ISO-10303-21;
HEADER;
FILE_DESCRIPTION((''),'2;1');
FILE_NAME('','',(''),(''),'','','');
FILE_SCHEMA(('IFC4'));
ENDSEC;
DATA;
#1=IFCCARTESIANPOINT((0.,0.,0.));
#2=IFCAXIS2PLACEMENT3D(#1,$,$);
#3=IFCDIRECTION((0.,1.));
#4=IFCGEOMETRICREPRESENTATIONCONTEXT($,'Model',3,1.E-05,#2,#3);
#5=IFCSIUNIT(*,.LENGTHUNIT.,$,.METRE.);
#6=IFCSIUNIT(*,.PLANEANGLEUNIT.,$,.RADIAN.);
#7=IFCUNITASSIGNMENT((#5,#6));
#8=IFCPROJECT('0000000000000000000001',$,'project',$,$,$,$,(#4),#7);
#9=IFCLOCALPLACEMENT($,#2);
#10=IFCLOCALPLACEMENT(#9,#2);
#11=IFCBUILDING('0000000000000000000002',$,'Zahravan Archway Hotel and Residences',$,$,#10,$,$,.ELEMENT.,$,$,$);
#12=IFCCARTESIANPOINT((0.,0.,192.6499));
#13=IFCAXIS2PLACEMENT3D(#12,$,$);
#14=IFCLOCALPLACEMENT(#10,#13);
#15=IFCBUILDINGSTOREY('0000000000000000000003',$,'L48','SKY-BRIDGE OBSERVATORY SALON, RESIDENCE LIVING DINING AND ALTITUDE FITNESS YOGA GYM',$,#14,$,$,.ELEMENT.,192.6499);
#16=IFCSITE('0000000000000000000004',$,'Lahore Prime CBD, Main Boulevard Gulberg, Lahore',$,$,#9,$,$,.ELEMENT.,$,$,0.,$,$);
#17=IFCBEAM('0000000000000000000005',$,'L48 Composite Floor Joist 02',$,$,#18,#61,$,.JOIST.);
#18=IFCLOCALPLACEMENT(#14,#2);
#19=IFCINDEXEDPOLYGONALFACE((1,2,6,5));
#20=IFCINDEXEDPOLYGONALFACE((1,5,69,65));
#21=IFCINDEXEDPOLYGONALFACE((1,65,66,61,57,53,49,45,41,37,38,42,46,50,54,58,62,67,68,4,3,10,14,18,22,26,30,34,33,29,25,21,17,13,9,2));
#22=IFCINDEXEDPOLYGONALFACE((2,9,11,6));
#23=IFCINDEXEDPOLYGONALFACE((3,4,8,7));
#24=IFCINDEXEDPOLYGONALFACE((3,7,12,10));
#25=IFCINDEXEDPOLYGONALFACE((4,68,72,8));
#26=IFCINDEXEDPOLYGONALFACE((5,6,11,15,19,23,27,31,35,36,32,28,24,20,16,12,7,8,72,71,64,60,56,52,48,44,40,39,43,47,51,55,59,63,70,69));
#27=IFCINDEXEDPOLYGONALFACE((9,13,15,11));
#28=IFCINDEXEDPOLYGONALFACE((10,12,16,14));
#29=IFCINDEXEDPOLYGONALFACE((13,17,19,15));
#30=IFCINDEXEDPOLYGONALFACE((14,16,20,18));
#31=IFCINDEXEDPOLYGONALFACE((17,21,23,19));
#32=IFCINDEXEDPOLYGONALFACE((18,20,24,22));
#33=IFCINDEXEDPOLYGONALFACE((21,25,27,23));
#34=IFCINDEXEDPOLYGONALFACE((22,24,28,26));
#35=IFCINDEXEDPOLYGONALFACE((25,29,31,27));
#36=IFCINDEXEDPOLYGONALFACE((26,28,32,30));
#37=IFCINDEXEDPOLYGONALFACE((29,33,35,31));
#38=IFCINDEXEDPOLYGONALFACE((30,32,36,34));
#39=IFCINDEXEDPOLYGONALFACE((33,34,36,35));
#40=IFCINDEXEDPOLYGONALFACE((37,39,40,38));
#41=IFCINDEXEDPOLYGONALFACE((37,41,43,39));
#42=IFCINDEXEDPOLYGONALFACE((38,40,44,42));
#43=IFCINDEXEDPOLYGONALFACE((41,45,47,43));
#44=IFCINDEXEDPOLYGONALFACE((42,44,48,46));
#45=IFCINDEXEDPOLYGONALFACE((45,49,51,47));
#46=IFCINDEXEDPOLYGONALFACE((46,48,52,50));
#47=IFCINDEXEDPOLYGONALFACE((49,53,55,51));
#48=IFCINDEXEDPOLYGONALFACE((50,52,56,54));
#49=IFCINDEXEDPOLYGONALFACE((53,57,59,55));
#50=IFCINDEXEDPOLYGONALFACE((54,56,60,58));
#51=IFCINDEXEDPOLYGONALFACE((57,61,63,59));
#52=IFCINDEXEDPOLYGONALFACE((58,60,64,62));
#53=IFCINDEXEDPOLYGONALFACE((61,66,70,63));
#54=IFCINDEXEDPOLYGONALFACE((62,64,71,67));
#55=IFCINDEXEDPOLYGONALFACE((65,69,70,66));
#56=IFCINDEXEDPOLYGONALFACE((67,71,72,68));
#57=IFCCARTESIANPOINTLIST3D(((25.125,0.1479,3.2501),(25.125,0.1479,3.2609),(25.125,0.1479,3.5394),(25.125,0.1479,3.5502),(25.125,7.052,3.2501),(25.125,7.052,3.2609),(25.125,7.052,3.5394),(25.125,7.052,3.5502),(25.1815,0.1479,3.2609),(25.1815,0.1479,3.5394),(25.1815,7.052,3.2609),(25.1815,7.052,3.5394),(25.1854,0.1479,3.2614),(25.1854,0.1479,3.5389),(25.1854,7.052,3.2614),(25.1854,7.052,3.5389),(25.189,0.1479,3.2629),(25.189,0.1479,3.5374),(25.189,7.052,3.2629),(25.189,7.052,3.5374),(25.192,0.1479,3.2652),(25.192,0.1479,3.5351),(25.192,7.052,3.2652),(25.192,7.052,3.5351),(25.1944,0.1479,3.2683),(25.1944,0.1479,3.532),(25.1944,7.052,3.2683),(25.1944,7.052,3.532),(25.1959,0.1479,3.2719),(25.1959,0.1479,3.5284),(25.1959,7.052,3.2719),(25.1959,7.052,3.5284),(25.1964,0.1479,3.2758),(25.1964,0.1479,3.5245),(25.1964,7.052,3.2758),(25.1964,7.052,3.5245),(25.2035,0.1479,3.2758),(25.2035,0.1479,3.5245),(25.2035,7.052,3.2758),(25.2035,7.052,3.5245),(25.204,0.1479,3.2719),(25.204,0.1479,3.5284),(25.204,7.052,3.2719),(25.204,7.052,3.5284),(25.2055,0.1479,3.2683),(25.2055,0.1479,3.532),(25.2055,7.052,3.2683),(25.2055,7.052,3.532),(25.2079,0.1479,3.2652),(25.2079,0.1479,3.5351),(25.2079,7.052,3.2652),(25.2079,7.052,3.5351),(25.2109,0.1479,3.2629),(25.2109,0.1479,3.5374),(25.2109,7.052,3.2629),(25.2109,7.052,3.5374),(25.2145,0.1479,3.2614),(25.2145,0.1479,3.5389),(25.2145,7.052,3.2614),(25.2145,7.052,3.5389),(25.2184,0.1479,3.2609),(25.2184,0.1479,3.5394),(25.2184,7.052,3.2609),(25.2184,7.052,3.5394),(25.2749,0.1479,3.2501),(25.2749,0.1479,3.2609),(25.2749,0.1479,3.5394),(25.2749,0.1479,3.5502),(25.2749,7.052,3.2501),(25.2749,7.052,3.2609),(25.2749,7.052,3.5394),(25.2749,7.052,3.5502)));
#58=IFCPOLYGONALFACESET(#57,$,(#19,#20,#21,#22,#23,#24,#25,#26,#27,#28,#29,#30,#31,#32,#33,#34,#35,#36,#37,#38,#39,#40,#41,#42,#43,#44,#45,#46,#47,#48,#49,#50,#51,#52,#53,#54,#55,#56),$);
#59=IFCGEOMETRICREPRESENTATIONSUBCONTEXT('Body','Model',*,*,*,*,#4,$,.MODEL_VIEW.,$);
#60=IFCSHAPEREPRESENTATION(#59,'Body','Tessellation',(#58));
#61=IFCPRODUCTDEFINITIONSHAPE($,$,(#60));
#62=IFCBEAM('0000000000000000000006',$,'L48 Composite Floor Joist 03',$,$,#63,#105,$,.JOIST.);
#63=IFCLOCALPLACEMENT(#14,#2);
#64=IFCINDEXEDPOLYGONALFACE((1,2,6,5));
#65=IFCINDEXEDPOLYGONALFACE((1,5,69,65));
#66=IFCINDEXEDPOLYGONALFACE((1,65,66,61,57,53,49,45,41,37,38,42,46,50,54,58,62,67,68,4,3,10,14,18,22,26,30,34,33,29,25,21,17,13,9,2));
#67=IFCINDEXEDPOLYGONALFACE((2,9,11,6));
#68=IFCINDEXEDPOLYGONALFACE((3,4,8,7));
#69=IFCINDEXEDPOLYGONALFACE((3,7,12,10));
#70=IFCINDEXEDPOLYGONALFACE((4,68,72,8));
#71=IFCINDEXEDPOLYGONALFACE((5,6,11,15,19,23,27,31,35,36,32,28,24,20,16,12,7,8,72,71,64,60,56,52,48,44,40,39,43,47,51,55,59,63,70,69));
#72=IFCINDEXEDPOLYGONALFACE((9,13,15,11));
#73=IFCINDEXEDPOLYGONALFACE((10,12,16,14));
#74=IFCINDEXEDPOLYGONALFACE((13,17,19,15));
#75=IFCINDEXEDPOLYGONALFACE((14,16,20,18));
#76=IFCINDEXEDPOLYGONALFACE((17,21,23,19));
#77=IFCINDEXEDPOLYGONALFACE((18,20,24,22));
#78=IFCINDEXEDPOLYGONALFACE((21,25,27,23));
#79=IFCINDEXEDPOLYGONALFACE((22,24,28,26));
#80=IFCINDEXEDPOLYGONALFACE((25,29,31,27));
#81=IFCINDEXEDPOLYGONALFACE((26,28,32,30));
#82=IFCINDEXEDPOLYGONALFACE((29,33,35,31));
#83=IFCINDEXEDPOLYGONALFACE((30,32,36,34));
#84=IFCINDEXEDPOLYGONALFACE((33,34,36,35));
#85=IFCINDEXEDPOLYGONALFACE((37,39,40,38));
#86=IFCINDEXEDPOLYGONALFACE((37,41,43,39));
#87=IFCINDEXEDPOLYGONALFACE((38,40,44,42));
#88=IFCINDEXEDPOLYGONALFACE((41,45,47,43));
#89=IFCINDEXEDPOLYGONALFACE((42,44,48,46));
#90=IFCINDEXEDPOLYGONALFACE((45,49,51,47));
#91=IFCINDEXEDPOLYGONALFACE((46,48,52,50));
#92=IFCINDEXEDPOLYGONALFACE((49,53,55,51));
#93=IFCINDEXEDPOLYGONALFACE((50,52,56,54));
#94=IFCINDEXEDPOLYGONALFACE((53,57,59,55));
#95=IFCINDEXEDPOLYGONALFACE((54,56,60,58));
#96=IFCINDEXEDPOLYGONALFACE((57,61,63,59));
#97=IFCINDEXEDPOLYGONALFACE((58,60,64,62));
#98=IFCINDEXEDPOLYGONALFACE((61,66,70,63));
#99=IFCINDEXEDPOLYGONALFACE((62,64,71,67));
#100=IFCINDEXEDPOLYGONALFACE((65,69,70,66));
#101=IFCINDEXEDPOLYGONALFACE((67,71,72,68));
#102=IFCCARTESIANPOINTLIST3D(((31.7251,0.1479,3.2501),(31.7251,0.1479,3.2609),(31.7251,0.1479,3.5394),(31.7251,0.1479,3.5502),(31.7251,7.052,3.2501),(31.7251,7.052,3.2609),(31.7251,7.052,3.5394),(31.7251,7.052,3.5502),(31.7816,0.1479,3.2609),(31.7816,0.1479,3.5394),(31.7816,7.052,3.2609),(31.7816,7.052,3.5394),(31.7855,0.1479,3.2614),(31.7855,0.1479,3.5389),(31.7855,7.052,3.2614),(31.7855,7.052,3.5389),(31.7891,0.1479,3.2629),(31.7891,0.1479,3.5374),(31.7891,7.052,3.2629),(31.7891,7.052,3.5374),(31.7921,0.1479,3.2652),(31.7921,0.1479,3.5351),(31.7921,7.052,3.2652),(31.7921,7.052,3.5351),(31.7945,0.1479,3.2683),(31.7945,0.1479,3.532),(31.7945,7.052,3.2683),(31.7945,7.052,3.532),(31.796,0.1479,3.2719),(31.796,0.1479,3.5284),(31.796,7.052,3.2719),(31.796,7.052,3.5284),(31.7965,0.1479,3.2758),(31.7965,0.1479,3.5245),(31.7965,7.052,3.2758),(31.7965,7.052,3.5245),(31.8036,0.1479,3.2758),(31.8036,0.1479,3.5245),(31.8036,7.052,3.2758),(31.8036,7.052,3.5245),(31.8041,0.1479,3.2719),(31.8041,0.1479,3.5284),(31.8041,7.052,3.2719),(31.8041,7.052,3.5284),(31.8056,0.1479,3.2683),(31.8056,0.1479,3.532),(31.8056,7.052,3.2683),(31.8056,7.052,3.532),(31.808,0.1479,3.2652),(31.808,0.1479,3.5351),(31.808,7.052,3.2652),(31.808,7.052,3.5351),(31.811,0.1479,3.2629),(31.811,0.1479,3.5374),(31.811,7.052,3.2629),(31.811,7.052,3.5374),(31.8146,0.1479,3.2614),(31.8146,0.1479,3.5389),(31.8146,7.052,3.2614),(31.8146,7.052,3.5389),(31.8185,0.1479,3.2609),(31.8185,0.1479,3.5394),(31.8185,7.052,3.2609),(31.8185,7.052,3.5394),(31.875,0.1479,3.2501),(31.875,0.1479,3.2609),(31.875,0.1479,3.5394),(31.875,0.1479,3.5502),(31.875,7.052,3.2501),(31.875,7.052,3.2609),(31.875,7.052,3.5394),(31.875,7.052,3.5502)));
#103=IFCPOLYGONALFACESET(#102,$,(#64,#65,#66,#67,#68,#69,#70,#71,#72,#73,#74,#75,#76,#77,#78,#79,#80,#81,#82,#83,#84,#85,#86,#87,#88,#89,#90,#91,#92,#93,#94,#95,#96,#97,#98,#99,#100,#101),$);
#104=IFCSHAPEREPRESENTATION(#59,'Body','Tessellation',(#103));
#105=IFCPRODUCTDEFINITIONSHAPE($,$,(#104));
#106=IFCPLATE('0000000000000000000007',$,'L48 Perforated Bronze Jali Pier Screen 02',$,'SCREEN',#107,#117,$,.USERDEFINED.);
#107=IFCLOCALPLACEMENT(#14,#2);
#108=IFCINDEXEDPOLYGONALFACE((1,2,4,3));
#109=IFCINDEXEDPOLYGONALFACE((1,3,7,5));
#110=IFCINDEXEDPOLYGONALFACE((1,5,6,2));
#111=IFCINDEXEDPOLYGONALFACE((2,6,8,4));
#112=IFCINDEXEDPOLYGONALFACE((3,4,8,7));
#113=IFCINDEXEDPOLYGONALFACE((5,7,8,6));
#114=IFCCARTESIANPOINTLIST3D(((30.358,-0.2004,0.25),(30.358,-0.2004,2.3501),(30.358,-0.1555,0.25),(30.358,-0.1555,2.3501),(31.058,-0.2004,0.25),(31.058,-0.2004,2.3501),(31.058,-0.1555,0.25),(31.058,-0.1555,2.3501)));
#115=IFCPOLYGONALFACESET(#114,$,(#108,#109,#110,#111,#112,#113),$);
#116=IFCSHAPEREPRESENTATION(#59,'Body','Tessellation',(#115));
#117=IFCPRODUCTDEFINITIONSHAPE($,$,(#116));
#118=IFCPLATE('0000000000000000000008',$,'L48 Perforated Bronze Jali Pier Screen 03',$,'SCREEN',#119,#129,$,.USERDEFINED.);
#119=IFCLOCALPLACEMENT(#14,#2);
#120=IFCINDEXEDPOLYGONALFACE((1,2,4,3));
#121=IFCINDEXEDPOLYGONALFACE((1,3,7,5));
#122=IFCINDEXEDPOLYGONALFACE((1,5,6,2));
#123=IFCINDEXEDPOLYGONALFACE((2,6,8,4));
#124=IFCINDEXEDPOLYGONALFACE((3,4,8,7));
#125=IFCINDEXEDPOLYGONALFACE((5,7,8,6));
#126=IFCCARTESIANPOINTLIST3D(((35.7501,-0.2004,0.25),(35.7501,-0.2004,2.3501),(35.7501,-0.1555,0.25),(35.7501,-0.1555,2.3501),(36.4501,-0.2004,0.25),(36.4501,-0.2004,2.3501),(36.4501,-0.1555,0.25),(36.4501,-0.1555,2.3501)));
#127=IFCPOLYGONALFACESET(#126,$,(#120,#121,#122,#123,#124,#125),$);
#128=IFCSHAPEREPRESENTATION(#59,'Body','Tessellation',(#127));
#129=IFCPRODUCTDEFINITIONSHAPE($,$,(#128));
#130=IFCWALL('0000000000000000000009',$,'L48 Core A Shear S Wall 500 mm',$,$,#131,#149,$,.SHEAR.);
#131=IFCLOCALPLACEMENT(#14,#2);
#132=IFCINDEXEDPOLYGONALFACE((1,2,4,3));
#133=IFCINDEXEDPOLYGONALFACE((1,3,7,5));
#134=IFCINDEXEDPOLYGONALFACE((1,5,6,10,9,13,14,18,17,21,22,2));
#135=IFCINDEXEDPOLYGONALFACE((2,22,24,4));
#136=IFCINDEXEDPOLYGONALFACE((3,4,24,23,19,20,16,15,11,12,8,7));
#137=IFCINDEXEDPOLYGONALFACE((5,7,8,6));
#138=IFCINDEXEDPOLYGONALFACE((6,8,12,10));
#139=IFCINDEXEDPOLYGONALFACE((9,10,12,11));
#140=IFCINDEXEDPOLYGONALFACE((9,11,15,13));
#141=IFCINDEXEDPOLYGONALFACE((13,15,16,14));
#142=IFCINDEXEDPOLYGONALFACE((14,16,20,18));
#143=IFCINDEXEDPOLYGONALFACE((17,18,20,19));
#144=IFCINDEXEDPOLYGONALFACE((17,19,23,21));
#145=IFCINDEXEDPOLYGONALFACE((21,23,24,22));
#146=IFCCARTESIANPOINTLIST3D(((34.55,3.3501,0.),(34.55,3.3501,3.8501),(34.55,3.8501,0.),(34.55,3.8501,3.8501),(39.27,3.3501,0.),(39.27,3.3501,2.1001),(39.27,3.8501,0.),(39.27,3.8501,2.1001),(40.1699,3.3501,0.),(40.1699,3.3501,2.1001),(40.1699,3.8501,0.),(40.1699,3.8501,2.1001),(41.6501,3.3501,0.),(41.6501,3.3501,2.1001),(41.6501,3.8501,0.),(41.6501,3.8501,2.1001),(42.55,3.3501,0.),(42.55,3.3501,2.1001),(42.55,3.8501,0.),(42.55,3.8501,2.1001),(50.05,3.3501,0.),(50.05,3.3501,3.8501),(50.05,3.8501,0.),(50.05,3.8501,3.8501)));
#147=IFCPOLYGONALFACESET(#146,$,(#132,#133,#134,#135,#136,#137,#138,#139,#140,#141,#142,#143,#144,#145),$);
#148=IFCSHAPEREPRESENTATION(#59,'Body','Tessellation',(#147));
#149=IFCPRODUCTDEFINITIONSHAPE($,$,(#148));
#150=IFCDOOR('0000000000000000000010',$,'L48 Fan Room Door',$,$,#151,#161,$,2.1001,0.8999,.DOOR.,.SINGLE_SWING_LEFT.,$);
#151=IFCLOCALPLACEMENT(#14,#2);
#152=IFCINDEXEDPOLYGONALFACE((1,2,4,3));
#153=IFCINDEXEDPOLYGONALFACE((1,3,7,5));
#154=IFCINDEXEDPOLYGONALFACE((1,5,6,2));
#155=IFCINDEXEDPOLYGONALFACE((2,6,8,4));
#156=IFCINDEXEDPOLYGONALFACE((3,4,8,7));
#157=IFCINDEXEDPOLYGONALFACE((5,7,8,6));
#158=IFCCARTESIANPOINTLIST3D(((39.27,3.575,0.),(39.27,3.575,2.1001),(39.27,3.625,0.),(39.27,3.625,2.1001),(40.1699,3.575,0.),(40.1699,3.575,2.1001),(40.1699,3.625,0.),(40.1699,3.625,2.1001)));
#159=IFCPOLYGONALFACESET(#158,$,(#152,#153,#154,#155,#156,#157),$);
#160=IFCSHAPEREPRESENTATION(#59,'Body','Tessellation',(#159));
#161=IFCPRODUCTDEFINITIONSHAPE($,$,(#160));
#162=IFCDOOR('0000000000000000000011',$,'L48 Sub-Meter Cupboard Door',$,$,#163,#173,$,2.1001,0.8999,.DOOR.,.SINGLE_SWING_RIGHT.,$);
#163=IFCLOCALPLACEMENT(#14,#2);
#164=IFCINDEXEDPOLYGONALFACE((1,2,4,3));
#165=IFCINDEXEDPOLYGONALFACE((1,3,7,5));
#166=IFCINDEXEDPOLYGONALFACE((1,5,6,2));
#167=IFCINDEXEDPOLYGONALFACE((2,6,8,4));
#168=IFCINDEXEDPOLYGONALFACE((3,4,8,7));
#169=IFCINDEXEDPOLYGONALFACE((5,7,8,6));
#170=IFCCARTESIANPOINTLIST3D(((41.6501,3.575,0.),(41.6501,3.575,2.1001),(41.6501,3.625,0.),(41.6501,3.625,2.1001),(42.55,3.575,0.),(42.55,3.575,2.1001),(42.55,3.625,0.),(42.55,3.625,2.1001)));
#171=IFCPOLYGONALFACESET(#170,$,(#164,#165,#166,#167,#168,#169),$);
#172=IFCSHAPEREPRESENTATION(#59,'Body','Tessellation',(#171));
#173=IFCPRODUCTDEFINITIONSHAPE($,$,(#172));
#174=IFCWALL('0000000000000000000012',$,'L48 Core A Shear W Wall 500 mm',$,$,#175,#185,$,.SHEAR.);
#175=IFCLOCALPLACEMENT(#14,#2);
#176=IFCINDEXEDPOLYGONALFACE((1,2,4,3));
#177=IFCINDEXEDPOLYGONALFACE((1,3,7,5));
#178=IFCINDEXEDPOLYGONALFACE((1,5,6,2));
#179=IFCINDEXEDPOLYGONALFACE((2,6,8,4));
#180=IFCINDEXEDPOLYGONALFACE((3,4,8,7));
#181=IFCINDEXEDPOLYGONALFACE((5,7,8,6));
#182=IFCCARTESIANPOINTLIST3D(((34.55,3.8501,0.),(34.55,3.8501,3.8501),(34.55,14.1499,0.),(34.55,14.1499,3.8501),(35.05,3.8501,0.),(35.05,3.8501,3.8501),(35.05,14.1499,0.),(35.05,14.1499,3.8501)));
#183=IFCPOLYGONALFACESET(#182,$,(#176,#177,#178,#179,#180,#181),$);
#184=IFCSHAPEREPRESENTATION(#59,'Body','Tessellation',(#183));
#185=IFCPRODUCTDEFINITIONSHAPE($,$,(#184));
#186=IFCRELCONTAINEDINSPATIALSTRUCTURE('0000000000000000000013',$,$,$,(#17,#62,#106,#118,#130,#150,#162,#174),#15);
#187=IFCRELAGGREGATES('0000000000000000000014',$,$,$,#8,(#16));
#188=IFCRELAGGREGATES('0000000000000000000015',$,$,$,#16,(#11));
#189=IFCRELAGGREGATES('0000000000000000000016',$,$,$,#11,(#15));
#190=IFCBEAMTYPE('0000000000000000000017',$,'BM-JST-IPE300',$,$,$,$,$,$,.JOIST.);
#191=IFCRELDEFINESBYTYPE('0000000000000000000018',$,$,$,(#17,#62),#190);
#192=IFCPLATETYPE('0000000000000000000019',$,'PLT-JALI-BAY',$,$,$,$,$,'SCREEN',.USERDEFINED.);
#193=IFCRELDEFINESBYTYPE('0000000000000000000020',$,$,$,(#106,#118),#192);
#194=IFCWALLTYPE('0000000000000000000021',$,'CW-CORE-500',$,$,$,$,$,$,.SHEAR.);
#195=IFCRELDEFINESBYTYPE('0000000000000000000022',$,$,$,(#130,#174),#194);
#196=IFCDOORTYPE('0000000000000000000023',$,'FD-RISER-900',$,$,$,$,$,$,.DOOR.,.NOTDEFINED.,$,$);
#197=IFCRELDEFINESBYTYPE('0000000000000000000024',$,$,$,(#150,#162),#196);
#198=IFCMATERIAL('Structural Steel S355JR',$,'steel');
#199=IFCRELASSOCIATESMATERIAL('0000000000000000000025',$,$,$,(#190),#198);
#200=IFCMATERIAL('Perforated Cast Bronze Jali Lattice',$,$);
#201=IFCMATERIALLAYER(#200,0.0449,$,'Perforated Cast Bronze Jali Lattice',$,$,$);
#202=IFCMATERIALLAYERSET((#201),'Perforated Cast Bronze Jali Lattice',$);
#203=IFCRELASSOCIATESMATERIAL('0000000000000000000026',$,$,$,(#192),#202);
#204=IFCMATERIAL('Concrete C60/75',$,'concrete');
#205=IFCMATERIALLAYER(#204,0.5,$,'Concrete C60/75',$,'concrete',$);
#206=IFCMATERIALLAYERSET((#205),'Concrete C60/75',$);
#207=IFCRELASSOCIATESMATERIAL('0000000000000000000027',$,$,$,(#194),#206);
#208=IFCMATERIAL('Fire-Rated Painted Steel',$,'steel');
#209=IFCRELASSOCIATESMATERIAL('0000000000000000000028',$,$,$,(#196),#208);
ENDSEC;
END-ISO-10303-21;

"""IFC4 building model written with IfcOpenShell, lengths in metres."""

from ifc_helpers import new_model, si_unit, direction, frame, frame_2d, origin, origin_2d, place, context, subcontext, project, spatial, rectangle, i_section, extrude, source, transform, mapped, material, layer, layer_set, material_profile, profile_set, type_object, type_shapes, element, fill, save


model = new_model("IFC4")

# Units and contexts
model_context = context("Model", 3, precision=1e-05, world=origin(), true_north=direction((0.0, 1.0)))
body_context = subcontext(model_context, "Body", "Model", "MODEL_VIEW")
ifc_project = project(units=[si_unit("LENGTHUNIT", "METRE"), si_unit("PLANEANGLEUNIT", "RADIAN")], contexts=[model_context])

# Site, building, storey
site_placement = place(None, origin())
site = spatial("IfcSite", under=ifc_project, at=site_placement, Name="Lahore Prime CBD, Main Boulevard Gulberg, Lahore", CompositionType="ELEMENT", RefElevation=0.0)
building_placement = place(site_placement, origin())
building = spatial("IfcBuilding", under=site, at=building_placement, Name="Zahravan Archway Hotel and Residences", CompositionType="ELEMENT")
storey_placement = place(building_placement, frame((0.0, 0.0, 192.6499)))
storey = spatial("IfcBuildingStorey", under=building, at=storey_placement, Name="L48", Description="SKY-BRIDGE OBSERVATORY SALON, RESIDENCE LIVING DINING AND ALTITUDE FITNESS YOGA GYM", CompositionType="ELEMENT", Elevation=192.6499)

# Shared definitions
ifc_material_1 = material(Name="Concrete C60/75", Category="concrete")

# Beams
ifc_material_2 = material(Name="Structural Steel S355JR", Category="steel")
ifc_material_profile_1 = material_profile(ifc_material_2, i_section(OverallWidth=0.1499, OverallDepth=0.3, WebThickness=0.0071, FlangeThickness=0.0107, FilletRadius=0.0149, at=origin_2d()), Name="IPE 300", Category="steel")
ifc_profile_set_1 = profile_set([ifc_material_profile_1], Name="Structural Steel S355JR")
beam_type_1 = type_object("IfcBeamType", Name="BM-JST-IPE300", PredefinedType="JOIST", material=ifc_profile_set_1)
shared_shape_1 = source(origin(), body_context, "Body", "SweptSolid", [
    extrude(i_section(OverallWidth=0.1499, OverallDepth=0.3, WebThickness=0.0071, FlangeThickness=0.0107, FilletRadius=0.0149, at=origin_2d()), origin(), (0.0, 0.0, 1.0), 6.9041),
])
type_shapes(beam_type_1, [shared_shape_1])
for number, where, z_axis, x_axis, name in (
    (1, (25.2, 0.1479, 3.4001), (0.0, 1.0, 0.0), (-1.0, 0.0, 0.0), "L48 Composite Floor Joist 02"),
    (2, (31.8, 0.1479, 3.4001), (0.0, 1.0, 0.0), (-1.0, 0.0, 0.0), "L48 Composite Floor Joist 03"),
):
    element("IfcBeam", number, at=place(storey_placement, frame(where, z_axis=z_axis, x_axis=x_axis)), inside=storey, type_object=beam_type_1, Name=name, PredefinedType="JOIST", context=body_context, shape_type="MappedRepresentation", body=[
        mapped(shared_shape_1, transform((0.0, 0.0, 0.0), scale=1.0)),
    ])

# Plates
ifc_material_3 = material(Name="Perforated Cast Bronze Jali Lattice")
ifc_layer_1 = layer(ifc_material_3, 0.0449, Name="Perforated Cast Bronze Jali Lattice")
ifc_layer_set_1 = layer_set([ifc_layer_1], Name="Perforated Cast Bronze Jali Lattice")
plate_type = type_object("IfcPlateType", Name="PLT-JALI-BAY", ElementType="SCREEN", PredefinedType="USERDEFINED", material=ifc_layer_set_1)
shared_shape_2 = source(origin(), body_context, "Body", "SweptSolid", [
    extrude(rectangle(XDim=0.7, YDim=0.0449, at=origin_2d()), origin(), (0.0, 0.0, 1.0), 2.1001),
])
type_shapes(plate_type, [shared_shape_2])
for number, where, z_axis, x_axis, name in (
    (3, (30.708, -0.178, 0.25), (0.0, 0.0, 1.0), (1.0, 0.0, 0.0), "L48 Perforated Bronze Jali Pier Screen 02"),
    (4, (36.1001, -0.178, 0.25), (0.0, 0.0, 1.0), (1.0, 0.0, 0.0), "L48 Perforated Bronze Jali Pier Screen 03"),
):
    element("IfcPlate", number, at=place(storey_placement, frame(where, z_axis=z_axis, x_axis=x_axis)), inside=storey, type_object=plate_type, Name=name, ObjectType="SCREEN", PredefinedType="USERDEFINED", context=body_context, shape_type="MappedRepresentation", body=[
        mapped(shared_shape_2, transform((0.0, 0.0, 0.0), scale=1.0)),
    ])

# Wall, openings, doors
ifc_layer_2 = layer(ifc_material_1, 0.5, Name="Concrete C60/75", Category="concrete")
ifc_layer_set_2 = layer_set([ifc_layer_2], Name="Concrete C60/75")
wall_type_1 = type_object("IfcWallType", Name="CW-CORE-500", PredefinedType="SHEAR", material=ifc_layer_set_2)
wall_1_placement = place(storey_placement, frame((34.55, 3.6001, 0.0), z_axis=(0.0, 0.0, 1.0), x_axis=(1.0, 0.0, 0.0)))
wall_1 = element("IfcWall", 5, at=wall_1_placement, inside=storey, type_object=wall_type_1, Name="L48 Core A Shear S Wall 500 mm", PredefinedType="SHEAR", context=body_context, shape_type="SweptSolid", body=[
    extrude(rectangle(XDim=15.5, YDim=0.5, at=frame_2d((7.75, 0.0))), origin(), (0.0, 0.0, 1.0), 3.8501),
])
opening_1_placement = place(wall_1_placement, frame((4.72, 0.0, 0.0)))
opening_1 = element("IfcOpeningElement", 6, at=opening_1_placement, cuts=wall_1, PredefinedType="OPENING", context=body_context, shape_type="SweptSolid", body=[
    extrude(rectangle(XDim=0.8999, YDim=2.1001, at=frame_2d((0.45, 1.05))), frame((0.0, 0.26, 0.0), z_axis=(0.0, -1.0, 0.0), x_axis=(1.0, 0.0, 0.0)), (0.0, 0.0, 1.0), 0.52),
])
opening_2_placement = place(wall_1_placement, frame((7.1001, 0.0, 0.0)))
opening_2 = element("IfcOpeningElement", 7, at=opening_2_placement, cuts=wall_1, PredefinedType="OPENING", context=body_context, shape_type="SweptSolid", body=[
    extrude(rectangle(XDim=0.8999, YDim=2.1001, at=frame_2d((0.45, 1.05))), frame((0.0, 0.26, 0.0), z_axis=(0.0, -1.0, 0.0), x_axis=(1.0, 0.0, 0.0)), (0.0, 0.0, 1.0), 0.52),
])
ifc_material_4 = material(Name="Fire-Rated Painted Steel", Category="steel")
door_type_1 = type_object("IfcDoorType", Name="FD-RISER-900", OperationType="NOTDEFINED", PredefinedType="DOOR", material=ifc_material_4)
shared_shape_3 = source(origin(), body_context, "Body", "SweptSolid", [
    extrude(rectangle(XDim=0.8999, YDim=2.1001, at=frame_2d((0.45, 1.05))), frame((0.0, 0.0249, 0.0), z_axis=(0.0, -1.0, 0.0), x_axis=(1.0, 0.0, 0.0)), (0.0, 0.0, 1.0), 0.05),
])
type_shapes(door_type_1, [shared_shape_3])
door_1_placement = place(opening_1_placement, origin())
door_1 = element("IfcDoor", 8, at=door_1_placement, inside=storey, type_object=door_type_1, Name="L48 Fan Room Door", OperationType="SINGLE_SWING_LEFT", OverallHeight=2.1001, OverallWidth=0.8999, PredefinedType="DOOR", context=body_context, shape_type="MappedRepresentation", body=[
    mapped(shared_shape_3, transform((0.0, 0.0, 0.0), scale=1.0)),
])
fill(opening_1, door_1)
door_2_placement = place(opening_2_placement, origin())
door_2 = element("IfcDoor", 9, at=door_2_placement, inside=storey, type_object=door_type_1, Name="L48 Sub-Meter Cupboard Door", OperationType="SINGLE_SWING_RIGHT", OverallHeight=2.1001, OverallWidth=0.8999, PredefinedType="DOOR", context=body_context, shape_type="MappedRepresentation", body=[
    mapped(shared_shape_3, transform((0.0, 0.0, 0.0), scale=1.0)),
])
fill(opening_2, door_2)

# Wall
wall_2_placement = place(storey_placement, frame((34.8, 3.8501, 0.0), z_axis=(0.0, 0.0, 1.0), x_axis=(0.0, 1.0, 0.0)))
element("IfcWall", 10, at=wall_2_placement, inside=storey, type_object=wall_type_1, Name="L48 Core A Shear W Wall 500 mm", PredefinedType="SHEAR", context=body_context, shape_type="SweptSolid", body=[
    extrude(rectangle(XDim=10.2998, YDim=0.5, at=frame_2d((5.1499, 0.0))), origin(), (0.0, 0.0, 1.0), 3.8501),
])

save(model, "model.ifc")
